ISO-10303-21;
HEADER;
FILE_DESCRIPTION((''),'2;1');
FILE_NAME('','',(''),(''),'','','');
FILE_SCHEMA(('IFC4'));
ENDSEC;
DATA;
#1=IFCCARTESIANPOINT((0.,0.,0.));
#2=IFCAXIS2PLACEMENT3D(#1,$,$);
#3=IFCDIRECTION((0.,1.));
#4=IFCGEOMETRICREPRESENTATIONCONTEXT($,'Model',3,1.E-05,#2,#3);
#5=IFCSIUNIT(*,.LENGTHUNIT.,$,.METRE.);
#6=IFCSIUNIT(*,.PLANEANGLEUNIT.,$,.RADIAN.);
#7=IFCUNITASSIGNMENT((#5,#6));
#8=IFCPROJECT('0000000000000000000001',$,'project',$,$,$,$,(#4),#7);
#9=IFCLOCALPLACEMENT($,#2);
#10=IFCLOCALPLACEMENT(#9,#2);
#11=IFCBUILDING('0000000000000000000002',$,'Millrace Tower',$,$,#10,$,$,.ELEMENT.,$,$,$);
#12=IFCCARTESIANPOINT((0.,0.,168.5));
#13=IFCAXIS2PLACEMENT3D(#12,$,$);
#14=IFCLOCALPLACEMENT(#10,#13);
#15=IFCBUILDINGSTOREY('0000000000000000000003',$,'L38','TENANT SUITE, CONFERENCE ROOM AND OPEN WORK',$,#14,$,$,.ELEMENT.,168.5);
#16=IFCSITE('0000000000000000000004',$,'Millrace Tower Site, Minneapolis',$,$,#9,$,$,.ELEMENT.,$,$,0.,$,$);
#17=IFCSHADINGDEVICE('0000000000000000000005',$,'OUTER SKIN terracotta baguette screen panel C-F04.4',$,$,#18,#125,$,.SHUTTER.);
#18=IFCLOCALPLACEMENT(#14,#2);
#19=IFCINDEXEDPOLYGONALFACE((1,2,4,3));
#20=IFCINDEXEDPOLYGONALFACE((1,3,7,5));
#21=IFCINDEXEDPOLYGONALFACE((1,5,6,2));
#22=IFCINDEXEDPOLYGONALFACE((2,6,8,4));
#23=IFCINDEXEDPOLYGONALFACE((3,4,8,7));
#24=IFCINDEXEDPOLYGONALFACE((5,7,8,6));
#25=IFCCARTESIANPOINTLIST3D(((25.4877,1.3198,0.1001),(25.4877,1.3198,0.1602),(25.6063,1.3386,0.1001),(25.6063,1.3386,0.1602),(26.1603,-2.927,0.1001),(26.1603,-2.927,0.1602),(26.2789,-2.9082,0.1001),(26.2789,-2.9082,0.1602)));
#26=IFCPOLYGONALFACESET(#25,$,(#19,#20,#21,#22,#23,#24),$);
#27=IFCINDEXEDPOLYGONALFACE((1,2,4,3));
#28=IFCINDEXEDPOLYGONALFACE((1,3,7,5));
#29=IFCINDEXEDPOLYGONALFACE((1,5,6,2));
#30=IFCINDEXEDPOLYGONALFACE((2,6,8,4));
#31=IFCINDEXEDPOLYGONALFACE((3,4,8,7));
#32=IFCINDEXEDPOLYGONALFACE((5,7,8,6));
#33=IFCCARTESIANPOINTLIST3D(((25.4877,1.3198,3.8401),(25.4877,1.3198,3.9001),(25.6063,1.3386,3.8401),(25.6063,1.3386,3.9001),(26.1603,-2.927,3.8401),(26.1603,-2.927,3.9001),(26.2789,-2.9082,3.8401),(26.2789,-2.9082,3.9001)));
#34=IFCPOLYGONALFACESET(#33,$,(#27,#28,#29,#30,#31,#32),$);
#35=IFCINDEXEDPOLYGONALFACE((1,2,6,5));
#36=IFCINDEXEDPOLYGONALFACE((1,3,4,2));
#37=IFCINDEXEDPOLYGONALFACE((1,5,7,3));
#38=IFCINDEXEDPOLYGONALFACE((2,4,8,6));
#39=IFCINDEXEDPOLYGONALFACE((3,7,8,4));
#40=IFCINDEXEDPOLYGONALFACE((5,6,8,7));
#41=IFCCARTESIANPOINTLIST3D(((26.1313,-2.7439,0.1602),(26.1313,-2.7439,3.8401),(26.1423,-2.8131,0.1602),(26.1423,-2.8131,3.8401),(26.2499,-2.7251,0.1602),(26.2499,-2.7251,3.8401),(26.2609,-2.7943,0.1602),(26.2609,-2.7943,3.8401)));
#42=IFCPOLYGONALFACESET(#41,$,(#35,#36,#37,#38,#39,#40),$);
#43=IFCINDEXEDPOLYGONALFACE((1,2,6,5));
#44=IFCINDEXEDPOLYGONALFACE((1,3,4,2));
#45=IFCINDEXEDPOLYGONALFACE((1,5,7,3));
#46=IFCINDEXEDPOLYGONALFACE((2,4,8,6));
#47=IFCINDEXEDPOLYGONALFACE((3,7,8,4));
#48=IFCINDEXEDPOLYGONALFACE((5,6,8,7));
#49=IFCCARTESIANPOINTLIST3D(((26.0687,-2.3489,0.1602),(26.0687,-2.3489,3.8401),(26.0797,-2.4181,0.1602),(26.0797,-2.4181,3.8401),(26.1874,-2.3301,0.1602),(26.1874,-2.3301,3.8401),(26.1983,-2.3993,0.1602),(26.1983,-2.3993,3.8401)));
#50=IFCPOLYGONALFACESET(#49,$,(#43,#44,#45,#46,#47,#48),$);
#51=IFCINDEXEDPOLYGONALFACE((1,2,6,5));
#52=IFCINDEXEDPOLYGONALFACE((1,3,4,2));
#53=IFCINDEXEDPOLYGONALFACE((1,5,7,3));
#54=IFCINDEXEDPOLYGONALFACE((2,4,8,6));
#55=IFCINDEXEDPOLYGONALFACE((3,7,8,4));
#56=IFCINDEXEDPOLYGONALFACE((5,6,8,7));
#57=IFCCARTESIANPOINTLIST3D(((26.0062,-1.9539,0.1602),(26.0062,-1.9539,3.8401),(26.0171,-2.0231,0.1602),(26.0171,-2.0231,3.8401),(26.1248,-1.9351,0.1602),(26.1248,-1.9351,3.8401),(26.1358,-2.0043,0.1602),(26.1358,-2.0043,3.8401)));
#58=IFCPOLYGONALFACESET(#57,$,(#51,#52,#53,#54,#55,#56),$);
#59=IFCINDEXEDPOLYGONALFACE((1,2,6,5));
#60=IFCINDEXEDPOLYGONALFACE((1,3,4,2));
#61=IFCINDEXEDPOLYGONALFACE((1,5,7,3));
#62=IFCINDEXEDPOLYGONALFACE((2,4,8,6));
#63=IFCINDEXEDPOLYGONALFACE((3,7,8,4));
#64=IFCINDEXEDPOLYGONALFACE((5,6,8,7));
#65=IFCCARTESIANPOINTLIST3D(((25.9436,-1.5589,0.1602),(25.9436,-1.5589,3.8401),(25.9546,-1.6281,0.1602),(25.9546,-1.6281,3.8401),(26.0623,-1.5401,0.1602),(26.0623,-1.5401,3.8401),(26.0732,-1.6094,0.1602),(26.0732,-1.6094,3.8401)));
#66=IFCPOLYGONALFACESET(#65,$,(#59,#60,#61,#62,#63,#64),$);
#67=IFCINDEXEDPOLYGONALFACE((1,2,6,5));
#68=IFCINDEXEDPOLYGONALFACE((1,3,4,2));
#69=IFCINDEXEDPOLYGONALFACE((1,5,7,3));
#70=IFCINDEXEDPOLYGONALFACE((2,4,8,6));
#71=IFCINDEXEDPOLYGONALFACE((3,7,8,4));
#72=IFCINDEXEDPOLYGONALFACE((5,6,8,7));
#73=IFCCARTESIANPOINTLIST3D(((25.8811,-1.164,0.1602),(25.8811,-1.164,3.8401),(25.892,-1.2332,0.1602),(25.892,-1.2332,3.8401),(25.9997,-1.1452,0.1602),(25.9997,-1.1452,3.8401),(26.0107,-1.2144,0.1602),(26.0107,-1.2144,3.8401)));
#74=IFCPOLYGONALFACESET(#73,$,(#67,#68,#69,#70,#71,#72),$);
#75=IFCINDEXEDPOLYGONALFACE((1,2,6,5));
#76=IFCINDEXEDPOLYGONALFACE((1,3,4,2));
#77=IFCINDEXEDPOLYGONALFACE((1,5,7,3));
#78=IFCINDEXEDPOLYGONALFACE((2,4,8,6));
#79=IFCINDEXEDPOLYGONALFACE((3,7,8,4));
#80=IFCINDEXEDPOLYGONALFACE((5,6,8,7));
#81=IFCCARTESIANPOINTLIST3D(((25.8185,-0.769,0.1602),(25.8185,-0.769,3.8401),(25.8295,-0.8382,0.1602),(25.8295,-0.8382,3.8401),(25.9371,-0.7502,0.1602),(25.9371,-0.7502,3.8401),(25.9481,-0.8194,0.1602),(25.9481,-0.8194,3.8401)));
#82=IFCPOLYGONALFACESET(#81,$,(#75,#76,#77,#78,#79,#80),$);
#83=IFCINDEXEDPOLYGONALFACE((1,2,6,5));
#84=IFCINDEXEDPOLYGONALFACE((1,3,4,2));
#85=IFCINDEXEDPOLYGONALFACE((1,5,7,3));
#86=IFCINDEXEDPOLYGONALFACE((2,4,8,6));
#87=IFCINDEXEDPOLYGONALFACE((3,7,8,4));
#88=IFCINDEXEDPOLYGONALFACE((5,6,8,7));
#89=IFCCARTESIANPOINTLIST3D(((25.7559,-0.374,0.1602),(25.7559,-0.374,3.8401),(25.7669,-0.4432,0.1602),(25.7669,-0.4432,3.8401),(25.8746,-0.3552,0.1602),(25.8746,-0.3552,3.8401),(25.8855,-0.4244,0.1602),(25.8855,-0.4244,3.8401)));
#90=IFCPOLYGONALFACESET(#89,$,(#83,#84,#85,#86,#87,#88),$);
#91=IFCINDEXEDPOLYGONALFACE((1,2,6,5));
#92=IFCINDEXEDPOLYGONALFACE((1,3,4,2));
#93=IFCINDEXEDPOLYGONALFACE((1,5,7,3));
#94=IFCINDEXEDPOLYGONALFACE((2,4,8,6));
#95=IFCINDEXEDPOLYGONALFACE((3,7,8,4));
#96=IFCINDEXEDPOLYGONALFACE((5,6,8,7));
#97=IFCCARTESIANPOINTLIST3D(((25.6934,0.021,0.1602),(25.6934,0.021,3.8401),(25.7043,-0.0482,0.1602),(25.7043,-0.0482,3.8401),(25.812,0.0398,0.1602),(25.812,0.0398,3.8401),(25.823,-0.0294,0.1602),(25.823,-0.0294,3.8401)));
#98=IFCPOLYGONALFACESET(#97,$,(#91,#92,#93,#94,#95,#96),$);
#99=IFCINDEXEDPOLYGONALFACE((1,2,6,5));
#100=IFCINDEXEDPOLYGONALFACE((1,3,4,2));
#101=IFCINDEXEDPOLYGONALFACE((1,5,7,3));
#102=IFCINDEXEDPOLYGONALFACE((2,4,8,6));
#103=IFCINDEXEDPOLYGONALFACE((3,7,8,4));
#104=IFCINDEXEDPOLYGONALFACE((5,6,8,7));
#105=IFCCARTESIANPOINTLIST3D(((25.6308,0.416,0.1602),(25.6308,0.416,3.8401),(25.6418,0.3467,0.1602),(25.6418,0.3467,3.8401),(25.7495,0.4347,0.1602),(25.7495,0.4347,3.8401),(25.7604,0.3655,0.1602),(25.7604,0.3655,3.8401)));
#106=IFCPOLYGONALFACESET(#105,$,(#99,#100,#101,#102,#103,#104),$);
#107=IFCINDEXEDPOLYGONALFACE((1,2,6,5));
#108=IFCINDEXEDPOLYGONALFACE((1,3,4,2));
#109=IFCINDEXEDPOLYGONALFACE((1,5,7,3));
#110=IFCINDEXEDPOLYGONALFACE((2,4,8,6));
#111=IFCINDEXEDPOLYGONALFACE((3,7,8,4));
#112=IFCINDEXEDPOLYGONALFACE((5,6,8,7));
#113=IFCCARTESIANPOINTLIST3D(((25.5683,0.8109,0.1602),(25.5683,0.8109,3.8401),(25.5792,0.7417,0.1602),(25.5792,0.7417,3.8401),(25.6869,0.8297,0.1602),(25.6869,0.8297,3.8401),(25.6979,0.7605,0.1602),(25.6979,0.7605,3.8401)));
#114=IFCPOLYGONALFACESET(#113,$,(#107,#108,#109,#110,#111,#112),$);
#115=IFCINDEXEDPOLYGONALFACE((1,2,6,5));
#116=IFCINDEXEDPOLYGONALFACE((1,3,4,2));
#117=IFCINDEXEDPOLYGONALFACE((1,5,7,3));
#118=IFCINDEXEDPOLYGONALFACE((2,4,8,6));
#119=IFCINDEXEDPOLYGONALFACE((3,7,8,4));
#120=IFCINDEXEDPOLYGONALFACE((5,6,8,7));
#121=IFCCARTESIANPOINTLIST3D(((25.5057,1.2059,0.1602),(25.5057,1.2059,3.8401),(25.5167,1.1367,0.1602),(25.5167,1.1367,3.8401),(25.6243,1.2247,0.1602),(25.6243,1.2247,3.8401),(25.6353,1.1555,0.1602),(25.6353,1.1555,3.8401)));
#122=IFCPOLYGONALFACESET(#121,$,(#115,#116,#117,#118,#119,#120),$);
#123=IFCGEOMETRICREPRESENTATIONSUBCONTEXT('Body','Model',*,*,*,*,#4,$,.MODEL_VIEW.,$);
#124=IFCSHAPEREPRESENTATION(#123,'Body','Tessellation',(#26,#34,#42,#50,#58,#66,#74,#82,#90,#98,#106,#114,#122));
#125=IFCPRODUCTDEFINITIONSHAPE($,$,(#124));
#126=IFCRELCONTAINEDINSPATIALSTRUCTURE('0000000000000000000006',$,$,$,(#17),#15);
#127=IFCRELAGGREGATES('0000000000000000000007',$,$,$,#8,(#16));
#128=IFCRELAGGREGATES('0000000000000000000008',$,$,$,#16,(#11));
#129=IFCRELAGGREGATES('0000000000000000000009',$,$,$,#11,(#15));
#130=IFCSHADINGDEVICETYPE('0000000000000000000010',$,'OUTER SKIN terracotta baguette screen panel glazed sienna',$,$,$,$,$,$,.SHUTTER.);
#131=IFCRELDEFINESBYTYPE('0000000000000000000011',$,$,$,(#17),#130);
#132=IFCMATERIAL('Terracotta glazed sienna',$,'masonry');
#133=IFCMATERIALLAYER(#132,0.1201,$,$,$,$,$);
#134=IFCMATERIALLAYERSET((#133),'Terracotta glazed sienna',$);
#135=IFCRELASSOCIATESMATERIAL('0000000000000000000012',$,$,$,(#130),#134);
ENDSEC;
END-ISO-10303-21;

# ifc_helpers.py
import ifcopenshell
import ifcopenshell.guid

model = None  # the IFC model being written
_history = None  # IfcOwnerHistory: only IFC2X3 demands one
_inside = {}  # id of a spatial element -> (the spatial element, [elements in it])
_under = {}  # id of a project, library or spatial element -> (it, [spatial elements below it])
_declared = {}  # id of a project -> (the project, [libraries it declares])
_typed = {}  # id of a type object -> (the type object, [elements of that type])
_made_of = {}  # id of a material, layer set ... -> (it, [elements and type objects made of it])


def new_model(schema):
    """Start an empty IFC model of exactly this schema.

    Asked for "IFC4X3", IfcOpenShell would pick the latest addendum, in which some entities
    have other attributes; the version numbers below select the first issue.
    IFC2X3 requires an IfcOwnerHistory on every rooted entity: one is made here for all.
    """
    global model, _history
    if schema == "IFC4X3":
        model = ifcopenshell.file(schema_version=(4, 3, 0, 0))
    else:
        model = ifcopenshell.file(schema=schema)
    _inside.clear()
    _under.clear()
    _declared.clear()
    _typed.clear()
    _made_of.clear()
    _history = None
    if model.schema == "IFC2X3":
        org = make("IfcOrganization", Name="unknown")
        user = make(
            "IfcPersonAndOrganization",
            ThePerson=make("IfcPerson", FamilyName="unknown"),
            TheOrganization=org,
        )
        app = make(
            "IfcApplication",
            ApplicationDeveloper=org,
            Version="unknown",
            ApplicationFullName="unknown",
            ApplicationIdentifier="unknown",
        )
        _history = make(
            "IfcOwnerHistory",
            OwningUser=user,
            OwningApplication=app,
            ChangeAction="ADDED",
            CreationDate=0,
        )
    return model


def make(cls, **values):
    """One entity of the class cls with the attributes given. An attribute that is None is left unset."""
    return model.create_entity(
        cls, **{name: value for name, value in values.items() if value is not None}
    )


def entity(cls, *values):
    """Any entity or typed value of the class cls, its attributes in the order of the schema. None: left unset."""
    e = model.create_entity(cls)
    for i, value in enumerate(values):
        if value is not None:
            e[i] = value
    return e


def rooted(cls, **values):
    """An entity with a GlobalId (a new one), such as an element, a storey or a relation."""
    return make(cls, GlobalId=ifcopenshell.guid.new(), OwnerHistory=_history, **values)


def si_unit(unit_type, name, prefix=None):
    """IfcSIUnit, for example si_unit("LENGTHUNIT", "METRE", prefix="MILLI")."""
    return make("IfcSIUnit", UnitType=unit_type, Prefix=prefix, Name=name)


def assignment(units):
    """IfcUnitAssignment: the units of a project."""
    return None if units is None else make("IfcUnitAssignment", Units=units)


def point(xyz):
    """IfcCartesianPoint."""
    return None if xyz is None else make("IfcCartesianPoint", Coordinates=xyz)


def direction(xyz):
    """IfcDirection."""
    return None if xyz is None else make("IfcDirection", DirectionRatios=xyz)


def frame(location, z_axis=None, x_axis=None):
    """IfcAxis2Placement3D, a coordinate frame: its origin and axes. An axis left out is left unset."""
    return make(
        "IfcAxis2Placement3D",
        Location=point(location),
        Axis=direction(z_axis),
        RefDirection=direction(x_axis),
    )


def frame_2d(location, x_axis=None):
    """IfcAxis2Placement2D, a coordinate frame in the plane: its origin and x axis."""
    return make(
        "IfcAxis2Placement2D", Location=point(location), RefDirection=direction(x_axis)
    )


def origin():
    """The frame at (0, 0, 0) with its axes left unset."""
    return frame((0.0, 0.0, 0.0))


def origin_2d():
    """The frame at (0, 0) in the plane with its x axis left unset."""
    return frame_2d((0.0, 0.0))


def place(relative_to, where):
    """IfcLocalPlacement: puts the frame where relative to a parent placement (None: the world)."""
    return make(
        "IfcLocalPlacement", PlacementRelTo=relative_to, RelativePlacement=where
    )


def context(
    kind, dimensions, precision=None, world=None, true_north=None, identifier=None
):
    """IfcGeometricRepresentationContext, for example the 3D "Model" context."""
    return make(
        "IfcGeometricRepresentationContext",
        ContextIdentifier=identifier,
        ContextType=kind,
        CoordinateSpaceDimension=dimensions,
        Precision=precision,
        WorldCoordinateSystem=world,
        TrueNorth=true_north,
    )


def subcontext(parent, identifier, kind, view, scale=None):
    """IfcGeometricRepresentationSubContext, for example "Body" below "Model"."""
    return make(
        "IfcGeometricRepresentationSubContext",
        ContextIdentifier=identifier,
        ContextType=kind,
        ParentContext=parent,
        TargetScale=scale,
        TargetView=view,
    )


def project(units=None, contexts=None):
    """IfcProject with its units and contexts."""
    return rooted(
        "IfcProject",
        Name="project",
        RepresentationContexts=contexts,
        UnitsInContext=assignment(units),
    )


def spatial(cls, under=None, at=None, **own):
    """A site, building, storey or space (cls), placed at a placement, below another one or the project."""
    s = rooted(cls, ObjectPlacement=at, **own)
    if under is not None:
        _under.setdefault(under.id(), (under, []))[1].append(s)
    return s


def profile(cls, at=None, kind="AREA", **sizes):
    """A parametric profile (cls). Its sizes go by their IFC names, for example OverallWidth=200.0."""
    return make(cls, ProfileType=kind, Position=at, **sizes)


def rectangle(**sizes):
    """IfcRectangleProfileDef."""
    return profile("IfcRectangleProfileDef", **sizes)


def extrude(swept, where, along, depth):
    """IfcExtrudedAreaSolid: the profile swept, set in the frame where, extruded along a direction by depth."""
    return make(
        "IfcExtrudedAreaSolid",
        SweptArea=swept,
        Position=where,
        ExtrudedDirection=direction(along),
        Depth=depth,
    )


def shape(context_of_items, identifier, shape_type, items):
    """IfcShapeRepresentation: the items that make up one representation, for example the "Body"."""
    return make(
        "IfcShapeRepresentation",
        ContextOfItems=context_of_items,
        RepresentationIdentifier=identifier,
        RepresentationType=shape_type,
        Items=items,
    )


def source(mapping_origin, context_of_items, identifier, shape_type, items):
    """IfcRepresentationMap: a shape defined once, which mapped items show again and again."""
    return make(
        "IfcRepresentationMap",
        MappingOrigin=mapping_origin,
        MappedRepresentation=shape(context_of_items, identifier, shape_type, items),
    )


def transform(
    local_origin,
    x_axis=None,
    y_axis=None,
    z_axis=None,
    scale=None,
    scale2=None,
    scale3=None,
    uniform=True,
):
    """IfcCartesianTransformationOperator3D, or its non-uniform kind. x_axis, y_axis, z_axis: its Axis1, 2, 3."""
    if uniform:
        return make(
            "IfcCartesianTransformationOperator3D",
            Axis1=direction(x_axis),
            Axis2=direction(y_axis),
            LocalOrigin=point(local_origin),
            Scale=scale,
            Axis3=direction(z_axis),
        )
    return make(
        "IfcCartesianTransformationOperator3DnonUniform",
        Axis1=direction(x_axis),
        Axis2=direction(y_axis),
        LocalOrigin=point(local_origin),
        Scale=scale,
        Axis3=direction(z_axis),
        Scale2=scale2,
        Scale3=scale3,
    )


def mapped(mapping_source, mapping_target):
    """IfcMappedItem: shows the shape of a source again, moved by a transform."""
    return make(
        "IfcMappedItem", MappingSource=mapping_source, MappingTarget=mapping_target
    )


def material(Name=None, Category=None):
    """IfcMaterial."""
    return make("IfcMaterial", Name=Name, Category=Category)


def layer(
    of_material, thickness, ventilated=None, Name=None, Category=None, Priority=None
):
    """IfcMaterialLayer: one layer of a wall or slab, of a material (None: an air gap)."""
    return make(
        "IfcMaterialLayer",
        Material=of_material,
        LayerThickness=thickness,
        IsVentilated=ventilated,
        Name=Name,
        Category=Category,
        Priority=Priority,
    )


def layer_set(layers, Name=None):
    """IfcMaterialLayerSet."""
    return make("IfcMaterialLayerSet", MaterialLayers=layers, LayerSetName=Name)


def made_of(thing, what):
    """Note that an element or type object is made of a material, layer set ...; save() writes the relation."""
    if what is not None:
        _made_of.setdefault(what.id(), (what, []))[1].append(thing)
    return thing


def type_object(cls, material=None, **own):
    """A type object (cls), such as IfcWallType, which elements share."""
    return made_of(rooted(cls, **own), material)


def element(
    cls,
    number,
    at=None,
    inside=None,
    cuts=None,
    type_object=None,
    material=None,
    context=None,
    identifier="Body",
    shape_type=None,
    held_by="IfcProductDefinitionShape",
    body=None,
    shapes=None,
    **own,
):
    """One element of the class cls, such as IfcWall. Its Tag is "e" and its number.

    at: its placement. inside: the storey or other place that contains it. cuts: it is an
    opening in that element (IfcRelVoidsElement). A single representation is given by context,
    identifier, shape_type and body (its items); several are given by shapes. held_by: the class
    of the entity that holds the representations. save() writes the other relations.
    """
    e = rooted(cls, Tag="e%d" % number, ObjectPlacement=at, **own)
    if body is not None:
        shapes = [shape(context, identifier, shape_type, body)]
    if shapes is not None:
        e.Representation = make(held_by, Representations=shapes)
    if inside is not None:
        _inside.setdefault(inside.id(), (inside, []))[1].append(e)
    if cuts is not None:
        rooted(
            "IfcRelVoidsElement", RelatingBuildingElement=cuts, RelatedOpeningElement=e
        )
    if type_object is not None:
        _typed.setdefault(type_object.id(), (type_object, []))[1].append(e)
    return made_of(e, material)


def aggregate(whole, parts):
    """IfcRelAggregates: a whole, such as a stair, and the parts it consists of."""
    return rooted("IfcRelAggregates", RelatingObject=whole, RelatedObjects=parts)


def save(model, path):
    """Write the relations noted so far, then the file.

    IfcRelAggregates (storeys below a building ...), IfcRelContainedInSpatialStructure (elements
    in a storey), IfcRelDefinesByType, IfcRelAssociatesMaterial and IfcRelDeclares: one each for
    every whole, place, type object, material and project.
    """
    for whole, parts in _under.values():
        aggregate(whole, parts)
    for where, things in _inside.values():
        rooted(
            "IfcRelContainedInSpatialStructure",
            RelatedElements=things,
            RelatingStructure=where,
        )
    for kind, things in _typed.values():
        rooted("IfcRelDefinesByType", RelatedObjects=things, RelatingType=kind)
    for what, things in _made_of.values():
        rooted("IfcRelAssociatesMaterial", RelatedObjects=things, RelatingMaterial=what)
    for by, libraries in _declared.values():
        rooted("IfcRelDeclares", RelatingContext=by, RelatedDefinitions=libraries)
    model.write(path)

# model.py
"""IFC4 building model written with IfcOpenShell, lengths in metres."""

from ifc_helpers import new_model, entity, si_unit, direction, frame, frame_2d, origin, origin_2d, place, context, subcontext, project, spatial, rectangle, extrude, source, transform, mapped, material, layer, layer_set, type_object, element, save


model = new_model("IFC4")

# Units and contexts
model_context = context("Model", 3, precision=1e-05, world=origin(), true_north=direction((0.0, 1.0)))
body_context = subcontext(model_context, "Body", "Model", "MODEL_VIEW")
ifc_project = project(units=[si_unit("LENGTHUNIT", "METRE"), si_unit("PLANEANGLEUNIT", "RADIAN")], contexts=[model_context])

# Site, building, storey
site_placement = place(None, origin())
site = spatial("IfcSite", under=ifc_project, at=site_placement, Name="Millrace Tower Site, Minneapolis", CompositionType="ELEMENT", RefElevation=0.0)
building_placement = place(site_placement, origin())
building = spatial("IfcBuilding", under=site, at=building_placement, Name="Millrace Tower", CompositionType="ELEMENT")
storey_placement = place(building_placement, frame((0.0, 0.0, 168.5)))
storey = spatial("IfcBuildingStorey", under=building, at=storey_placement, Name="L38", Description="TENANT SUITE, CONFERENCE ROOM AND OPEN WORK", CompositionType="ELEMENT", Elevation=168.5)

# Shading device
ifc_material_1 = material(Name="Terracotta glazed sienna", Category="masonry")
ifc_layer_1 = layer(ifc_material_1, 0.1201)
ifc_layer_set_1 = layer_set([ifc_layer_1], Name="Terracotta glazed sienna")
shading_device_type = type_object("IfcShadingDeviceType", Name="OUTER SKIN terracotta baguette screen panel glazed sienna", PredefinedType="SHUTTER", material=ifc_layer_set_1)
cartesian_point_1 = entity("IfcCartesianPoint", [-2.1499, 0.0601])
shared_polyline_1 = entity("IfcPolyline", [cartesian_point_1, entity("IfcCartesianPoint", [2.1499, 0.0601]), entity("IfcCartesianPoint", [2.1499, -0.0601]), entity("IfcCartesianPoint", [-2.1499, -0.0601]), cartesian_point_1])
shared_shape_1 = source(origin(), body_context, "Body", "SweptSolid", [
    entity("IfcExtrudedAreaSolid", entity("IfcArbitraryClosedProfileDef", "AREA", None, shared_polyline_1), entity("IfcAxis2Placement3D", entity("IfcCartesianPoint", [0.0, 0.0, 0.0])), entity("IfcDirection", [0.0, 0.0, 1.0]), 0.0601),
    entity("IfcExtrudedAreaSolid", entity("IfcArbitraryClosedProfileDef", "AREA", None, shared_polyline_1), entity("IfcAxis2Placement3D", entity("IfcCartesianPoint", [0.0, 0.0, 3.74])), entity("IfcDirection", [0.0, 0.0, 1.0]), 0.0601),
    extrude(rectangle(XDim=0.0701, YDim=0.1201, at=frame_2d((-1.9995, 0.0))), frame((0.0, 0.0, 0.0601)), (0.0, 0.0, 1.0), 3.6799),
    extrude(rectangle(XDim=0.0701, YDim=0.1201, at=frame_2d((-1.5996, 0.0))), frame((0.0, 0.0, 0.0601)), (0.0, 0.0, 1.0), 3.6799),
    extrude(rectangle(XDim=0.0701, YDim=0.1201, at=frame_2d((-1.1997, 0.0))), frame((0.0, 0.0, 0.0601)), (0.0, 0.0, 1.0), 3.6799),
    extrude(rectangle(XDim=0.0701, YDim=0.1201, at=frame_2d((-0.7998, 0.0))), frame((0.0, 0.0, 0.0601)), (0.0, 0.0, 1.0), 3.6799),
    extrude(rectangle(XDim=0.0701, YDim=0.1201, at=frame_2d((-0.3999, 0.0))), frame((0.0, 0.0, 0.0601)), (0.0, 0.0, 1.0), 3.6799),
    extrude(rectangle(XDim=0.0701, YDim=0.1201, at=origin_2d()), frame((0.0, 0.0, 0.0601)), (0.0, 0.0, 1.0), 3.6799),
    extrude(rectangle(XDim=0.0701, YDim=0.1201, at=frame_2d((0.3999, 0.0))), frame((0.0, 0.0, 0.0601)), (0.0, 0.0, 1.0), 3.6799),
    extrude(rectangle(XDim=0.0701, YDim=0.1201, at=frame_2d((0.7998, 0.0))), frame((0.0, 0.0, 0.0601)), (0.0, 0.0, 1.0), 3.6799),
    extrude(rectangle(XDim=0.0701, YDim=0.1201, at=frame_2d((1.1997, 0.0))), frame((0.0, 0.0, 0.0601)), (0.0, 0.0, 1.0), 3.6799),
    extrude(rectangle(XDim=0.0701, YDim=0.1201, at=frame_2d((1.5996, 0.0))), frame((0.0, 0.0, 0.0601)), (0.0, 0.0, 1.0), 3.6799),
    extrude(rectangle(XDim=0.0701, YDim=0.1201, at=frame_2d((1.9995, 0.0))), frame((0.0, 0.0, 0.0601)), (0.0, 0.0, 1.0), 3.6799),
])
for number, where, z_axis, x_axis, name in (
    (1, (25.8833, -0.7942, 0.1001), (0.0, 0.0, 1.0), (-0.156434, 0.987688, 0.0), "OUTER SKIN terracotta baguette screen panel C-F04.4"),
):
    element("IfcShadingDevice", number, at=place(storey_placement, frame(where, z_axis=z_axis, x_axis=x_axis)), inside=storey, type_object=shading_device_type, Name=name, PredefinedType="SHUTTER", context=body_context, shape_type="MappedRepresentation", body=[
        mapped(shared_shape_1, transform((0.0, 0.0, 0.0), scale=1.0)),
    ])

save(model, "model.ifc")
